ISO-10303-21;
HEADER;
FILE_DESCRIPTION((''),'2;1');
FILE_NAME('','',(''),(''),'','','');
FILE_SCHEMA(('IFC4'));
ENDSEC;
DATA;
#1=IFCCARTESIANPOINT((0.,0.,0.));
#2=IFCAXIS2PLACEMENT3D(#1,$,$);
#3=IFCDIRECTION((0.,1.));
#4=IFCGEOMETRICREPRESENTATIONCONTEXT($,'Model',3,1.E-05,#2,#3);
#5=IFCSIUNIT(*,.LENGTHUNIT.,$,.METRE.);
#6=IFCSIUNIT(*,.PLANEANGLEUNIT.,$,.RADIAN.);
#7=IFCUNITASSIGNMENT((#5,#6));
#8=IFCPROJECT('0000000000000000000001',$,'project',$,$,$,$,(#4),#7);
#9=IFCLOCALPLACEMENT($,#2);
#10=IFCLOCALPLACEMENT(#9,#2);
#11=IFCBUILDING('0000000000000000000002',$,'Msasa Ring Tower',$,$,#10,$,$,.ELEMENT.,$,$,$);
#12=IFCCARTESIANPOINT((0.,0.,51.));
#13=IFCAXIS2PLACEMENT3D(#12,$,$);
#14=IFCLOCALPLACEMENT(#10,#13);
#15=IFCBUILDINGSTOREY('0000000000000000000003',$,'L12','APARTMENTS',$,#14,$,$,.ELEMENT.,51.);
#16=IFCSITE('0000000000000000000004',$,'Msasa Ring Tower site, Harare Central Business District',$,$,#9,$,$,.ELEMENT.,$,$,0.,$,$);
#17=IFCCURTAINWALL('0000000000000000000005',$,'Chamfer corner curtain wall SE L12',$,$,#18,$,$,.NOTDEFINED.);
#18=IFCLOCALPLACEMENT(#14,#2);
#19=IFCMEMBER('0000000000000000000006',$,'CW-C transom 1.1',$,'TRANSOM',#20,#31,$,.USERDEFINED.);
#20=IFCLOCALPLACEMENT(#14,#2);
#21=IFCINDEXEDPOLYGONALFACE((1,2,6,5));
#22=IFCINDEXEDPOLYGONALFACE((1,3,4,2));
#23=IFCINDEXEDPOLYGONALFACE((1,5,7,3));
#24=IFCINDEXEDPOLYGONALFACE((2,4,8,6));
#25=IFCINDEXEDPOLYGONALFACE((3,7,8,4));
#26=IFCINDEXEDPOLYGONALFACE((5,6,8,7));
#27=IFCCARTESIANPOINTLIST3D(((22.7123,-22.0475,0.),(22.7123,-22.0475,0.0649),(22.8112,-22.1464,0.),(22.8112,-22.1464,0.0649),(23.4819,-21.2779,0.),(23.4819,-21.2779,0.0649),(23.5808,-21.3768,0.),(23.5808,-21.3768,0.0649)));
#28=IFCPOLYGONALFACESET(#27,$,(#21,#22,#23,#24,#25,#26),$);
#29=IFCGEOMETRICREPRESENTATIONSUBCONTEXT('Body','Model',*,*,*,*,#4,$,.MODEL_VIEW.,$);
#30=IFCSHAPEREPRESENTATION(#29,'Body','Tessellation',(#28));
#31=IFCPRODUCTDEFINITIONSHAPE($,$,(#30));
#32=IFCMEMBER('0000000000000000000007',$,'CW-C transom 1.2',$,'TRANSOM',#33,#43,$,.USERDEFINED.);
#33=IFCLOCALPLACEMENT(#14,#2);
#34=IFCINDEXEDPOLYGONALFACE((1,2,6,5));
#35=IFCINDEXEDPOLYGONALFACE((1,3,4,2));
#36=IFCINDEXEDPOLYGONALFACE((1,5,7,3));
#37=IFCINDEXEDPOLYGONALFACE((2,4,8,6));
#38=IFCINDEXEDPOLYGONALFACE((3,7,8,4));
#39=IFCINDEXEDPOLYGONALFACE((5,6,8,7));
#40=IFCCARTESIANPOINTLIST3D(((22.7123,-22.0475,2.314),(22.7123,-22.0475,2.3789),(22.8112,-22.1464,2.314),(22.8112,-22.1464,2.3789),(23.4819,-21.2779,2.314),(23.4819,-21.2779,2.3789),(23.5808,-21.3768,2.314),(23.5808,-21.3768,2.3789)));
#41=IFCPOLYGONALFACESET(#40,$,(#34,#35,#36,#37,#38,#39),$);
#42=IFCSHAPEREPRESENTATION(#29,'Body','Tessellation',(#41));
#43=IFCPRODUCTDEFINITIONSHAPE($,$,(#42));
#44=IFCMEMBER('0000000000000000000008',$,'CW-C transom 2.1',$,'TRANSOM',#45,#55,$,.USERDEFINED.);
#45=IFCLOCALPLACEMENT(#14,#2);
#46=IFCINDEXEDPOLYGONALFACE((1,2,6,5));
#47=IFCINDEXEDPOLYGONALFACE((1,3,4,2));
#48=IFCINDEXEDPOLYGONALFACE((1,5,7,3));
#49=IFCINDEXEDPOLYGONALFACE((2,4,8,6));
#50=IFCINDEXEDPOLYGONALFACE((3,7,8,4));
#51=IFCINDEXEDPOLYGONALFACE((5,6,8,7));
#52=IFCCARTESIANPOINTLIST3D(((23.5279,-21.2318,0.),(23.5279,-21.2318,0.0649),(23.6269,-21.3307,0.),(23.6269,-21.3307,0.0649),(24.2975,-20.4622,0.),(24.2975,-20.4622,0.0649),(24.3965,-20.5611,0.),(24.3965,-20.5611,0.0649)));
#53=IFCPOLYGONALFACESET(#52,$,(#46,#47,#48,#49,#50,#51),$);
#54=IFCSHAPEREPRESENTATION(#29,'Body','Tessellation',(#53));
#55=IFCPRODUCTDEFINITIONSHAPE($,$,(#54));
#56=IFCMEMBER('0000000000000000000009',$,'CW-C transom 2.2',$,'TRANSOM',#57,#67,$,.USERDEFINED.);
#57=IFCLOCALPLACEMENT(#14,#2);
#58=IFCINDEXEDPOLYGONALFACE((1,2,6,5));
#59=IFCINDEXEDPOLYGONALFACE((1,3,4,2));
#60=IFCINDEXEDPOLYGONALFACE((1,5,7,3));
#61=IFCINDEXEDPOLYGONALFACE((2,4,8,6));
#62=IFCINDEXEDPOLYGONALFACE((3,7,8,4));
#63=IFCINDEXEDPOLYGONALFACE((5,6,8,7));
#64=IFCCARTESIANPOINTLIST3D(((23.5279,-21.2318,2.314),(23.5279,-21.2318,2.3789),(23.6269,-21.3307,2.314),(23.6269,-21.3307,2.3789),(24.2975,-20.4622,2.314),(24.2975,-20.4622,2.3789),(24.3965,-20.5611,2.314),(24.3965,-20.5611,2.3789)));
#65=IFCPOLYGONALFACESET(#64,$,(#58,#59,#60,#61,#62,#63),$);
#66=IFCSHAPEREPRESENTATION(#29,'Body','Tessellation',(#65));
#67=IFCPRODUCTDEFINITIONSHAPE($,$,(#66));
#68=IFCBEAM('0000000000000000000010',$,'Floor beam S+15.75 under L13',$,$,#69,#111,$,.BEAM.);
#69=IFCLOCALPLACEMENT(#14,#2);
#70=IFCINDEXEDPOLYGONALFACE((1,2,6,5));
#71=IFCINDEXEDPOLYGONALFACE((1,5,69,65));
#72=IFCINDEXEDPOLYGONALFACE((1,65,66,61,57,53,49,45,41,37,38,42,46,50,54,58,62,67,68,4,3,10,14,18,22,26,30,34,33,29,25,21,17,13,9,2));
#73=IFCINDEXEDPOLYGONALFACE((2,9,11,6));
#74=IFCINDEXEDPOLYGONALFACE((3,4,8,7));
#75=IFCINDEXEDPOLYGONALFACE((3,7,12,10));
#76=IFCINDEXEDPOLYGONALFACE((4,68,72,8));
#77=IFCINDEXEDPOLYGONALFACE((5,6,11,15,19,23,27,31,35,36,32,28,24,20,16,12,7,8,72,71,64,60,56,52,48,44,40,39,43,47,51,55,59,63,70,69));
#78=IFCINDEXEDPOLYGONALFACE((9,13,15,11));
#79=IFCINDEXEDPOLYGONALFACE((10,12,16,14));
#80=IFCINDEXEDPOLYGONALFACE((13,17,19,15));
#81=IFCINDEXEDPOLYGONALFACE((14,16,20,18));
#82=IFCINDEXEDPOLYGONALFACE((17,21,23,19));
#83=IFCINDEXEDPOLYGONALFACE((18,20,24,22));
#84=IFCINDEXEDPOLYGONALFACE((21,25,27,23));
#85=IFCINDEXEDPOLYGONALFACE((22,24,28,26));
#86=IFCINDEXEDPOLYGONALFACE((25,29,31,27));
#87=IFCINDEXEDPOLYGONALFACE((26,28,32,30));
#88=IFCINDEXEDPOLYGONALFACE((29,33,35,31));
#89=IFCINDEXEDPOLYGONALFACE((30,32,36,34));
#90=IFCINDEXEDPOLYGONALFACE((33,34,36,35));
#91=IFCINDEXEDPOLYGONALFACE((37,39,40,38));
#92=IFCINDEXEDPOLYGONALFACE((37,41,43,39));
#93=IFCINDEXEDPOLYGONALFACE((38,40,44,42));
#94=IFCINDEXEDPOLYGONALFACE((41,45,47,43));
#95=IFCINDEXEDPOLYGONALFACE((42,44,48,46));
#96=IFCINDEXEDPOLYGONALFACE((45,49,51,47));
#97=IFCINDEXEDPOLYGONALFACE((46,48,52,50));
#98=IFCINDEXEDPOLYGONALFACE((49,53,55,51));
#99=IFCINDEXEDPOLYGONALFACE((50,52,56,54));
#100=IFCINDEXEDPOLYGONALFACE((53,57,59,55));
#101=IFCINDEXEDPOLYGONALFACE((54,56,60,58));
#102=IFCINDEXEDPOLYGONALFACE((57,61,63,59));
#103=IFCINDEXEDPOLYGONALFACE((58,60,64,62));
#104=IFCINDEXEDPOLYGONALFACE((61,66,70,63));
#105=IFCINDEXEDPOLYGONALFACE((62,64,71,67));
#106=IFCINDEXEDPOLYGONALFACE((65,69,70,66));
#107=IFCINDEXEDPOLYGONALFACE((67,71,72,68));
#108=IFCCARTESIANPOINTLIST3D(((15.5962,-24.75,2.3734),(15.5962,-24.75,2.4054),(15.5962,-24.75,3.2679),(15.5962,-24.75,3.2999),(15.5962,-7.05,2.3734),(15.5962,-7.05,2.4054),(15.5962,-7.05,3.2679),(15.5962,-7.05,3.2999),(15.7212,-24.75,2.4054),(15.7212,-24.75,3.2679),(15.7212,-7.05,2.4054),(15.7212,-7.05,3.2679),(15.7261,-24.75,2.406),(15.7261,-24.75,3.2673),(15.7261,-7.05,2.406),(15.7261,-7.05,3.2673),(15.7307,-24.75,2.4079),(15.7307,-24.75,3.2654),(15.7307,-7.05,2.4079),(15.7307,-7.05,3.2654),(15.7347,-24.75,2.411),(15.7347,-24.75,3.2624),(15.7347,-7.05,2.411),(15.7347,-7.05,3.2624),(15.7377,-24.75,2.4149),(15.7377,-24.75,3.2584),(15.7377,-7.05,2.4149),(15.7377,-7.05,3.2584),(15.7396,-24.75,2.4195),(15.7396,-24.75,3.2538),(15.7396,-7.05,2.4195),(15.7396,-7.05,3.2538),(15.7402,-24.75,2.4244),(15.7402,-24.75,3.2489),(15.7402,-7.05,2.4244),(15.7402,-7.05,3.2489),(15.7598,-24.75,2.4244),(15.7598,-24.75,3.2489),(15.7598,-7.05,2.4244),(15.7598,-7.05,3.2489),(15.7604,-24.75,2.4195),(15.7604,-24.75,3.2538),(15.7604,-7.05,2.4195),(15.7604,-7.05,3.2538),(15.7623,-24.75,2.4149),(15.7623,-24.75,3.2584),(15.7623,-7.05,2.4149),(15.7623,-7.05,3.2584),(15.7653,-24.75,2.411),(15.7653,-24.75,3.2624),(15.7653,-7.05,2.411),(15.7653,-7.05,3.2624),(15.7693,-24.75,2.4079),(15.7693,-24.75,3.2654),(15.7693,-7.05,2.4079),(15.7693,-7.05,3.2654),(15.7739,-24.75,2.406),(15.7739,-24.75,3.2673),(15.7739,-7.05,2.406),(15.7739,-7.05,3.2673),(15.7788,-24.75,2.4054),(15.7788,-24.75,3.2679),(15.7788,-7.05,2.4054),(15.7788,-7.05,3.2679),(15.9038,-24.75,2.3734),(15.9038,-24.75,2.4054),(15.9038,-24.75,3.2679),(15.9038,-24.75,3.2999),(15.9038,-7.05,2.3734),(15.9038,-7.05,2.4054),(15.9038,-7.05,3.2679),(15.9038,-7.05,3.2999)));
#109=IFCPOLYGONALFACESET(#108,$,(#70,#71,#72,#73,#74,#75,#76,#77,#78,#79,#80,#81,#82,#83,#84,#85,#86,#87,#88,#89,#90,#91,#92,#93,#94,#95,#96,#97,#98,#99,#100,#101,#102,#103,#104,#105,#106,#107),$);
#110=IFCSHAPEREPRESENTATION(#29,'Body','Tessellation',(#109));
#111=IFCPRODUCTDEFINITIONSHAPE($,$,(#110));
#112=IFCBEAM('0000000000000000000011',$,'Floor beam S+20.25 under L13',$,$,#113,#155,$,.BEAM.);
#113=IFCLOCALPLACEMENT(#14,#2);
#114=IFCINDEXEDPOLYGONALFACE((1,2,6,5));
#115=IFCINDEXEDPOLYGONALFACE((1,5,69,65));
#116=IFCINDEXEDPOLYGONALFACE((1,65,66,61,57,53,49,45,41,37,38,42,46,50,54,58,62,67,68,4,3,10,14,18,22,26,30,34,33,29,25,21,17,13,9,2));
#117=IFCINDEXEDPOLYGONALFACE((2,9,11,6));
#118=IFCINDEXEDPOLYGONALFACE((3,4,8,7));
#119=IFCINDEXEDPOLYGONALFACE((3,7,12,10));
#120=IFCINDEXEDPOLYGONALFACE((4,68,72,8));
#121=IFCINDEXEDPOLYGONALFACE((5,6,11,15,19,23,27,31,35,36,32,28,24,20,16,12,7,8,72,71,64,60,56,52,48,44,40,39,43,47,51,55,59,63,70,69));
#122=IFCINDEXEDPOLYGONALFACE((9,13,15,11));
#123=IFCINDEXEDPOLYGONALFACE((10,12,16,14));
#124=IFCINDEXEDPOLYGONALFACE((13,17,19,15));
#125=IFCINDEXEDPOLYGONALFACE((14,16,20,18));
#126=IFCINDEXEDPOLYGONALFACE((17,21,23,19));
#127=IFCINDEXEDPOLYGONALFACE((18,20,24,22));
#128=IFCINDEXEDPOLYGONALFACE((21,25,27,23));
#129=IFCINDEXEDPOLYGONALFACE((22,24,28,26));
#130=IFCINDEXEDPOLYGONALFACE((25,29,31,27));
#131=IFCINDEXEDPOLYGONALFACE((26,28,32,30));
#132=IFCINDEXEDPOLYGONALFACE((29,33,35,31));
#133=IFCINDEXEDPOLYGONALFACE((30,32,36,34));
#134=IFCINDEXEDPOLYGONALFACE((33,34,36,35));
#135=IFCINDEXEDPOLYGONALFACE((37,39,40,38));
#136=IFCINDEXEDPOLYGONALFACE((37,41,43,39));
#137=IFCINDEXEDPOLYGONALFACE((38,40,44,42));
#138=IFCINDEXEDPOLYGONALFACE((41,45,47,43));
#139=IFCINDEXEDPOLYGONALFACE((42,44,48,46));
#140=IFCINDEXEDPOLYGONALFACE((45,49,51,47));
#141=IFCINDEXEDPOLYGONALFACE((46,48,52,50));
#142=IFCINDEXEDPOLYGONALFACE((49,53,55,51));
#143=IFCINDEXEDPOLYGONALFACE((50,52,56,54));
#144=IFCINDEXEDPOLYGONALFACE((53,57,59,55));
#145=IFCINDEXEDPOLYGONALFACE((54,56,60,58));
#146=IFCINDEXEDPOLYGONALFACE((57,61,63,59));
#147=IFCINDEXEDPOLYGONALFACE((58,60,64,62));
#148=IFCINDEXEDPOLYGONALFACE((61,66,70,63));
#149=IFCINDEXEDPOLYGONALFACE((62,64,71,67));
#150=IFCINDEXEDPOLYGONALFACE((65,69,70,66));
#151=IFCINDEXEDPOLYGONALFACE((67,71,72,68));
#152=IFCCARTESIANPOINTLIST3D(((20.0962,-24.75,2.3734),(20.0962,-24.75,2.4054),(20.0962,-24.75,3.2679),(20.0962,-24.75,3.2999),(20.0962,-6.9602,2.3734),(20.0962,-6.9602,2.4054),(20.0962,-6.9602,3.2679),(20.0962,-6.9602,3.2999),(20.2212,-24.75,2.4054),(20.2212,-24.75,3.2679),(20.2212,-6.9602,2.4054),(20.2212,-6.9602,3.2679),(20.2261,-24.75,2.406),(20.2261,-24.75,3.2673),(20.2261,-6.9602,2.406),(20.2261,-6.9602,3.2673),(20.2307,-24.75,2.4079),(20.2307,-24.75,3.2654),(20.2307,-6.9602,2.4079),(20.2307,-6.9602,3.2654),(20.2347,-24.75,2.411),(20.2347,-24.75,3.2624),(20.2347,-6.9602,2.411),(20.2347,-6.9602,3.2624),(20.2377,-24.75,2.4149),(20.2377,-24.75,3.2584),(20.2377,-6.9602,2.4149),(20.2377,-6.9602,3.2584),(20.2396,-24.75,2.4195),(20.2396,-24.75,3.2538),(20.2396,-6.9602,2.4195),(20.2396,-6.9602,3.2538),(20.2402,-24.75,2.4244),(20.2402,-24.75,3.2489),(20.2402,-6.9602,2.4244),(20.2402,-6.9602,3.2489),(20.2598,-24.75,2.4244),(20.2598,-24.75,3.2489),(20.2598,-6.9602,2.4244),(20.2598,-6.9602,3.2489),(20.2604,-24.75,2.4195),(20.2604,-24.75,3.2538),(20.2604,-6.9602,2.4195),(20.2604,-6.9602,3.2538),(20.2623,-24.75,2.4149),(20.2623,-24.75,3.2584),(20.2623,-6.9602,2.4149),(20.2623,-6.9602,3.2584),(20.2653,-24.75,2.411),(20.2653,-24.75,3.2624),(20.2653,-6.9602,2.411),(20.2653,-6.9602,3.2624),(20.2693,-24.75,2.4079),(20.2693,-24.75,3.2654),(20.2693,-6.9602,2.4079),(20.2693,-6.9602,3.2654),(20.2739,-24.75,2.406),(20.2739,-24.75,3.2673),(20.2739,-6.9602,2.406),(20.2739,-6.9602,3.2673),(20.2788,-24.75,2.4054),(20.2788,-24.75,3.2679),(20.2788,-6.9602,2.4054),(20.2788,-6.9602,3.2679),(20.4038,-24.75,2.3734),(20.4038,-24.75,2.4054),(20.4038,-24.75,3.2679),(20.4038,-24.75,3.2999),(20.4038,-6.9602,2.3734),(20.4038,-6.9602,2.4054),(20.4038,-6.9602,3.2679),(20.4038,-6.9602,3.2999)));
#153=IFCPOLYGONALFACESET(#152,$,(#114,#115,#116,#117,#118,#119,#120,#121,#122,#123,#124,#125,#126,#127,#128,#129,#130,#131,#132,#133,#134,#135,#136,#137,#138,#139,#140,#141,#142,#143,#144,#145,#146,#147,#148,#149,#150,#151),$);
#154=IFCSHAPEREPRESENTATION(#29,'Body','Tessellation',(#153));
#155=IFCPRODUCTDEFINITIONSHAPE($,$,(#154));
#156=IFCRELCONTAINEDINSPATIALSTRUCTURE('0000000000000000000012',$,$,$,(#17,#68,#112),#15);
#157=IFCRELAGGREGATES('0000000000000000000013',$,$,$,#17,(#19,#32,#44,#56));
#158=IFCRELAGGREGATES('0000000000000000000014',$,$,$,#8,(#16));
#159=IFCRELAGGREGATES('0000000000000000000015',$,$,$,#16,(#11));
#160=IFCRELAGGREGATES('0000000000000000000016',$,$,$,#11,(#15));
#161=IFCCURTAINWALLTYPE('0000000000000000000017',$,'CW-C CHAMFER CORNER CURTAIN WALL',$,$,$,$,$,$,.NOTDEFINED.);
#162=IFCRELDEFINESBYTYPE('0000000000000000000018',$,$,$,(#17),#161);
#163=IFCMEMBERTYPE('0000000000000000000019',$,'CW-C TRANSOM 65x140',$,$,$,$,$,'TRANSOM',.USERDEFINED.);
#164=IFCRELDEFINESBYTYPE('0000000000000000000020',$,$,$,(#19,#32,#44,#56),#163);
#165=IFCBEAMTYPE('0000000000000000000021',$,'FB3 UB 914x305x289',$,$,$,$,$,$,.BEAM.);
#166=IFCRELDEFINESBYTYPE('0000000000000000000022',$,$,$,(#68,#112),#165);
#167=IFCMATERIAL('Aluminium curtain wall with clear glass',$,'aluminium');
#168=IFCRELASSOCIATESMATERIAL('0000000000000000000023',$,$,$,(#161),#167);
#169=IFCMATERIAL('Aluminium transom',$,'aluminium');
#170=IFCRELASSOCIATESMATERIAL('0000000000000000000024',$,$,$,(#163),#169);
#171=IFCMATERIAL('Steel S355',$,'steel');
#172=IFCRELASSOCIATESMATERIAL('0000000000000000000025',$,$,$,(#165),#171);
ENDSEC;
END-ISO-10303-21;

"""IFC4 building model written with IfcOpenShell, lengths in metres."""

from ifc_helpers import new_model, si_unit, direction, frame, origin, origin_2d, place, context, subcontext, project, spatial, rectangle, i_section, extrude, material, material_profile, profile_set, type_object, element, aggregate, save


model = new_model("IFC4")

# Units and contexts
model_context = context("Model", 3, precision=1e-05, world=origin(), true_north=direction((0.0, 1.0)))
body_context = subcontext(model_context, "Body", "Model", "MODEL_VIEW")
ifc_project = project(units=[si_unit("LENGTHUNIT", "METRE"), si_unit("PLANEANGLEUNIT", "RADIAN")], contexts=[model_context])

# Site, building, storey
site_placement = place(None, origin())
site = spatial("IfcSite", under=ifc_project, at=site_placement, Name="Msasa Ring Tower site, Harare Central Business District", CompositionType="ELEMENT", RefElevation=0.0)
building_placement = place(site_placement, origin())
building = spatial("IfcBuilding", under=site, at=building_placement, Name="Msasa Ring Tower", CompositionType="ELEMENT")
storey_placement = place(building_placement, frame((0.0, 0.0, 51.0)))
storey = spatial("IfcBuildingStorey", under=building, at=storey_placement, Name="L12", Description="APARTMENTS", CompositionType="ELEMENT", Elevation=51.0)

# Curtain wall
ifc_material_1 = material(Name="Aluminium curtain wall with clear glass", Category="aluminium")
curtain_wall_type = type_object("IfcCurtainWallType", Name="CW-C CHAMFER CORNER CURTAIN WALL", PredefinedType="NOTDEFINED", material=ifc_material_1)
curtain_wall_1_placement = place(storey_placement, origin())
curtain_wall_1 = element("IfcCurtainWall", 1, at=curtain_wall_1_placement, inside=storey, type_object=curtain_wall_type, Name="Chamfer corner curtain wall SE L12", PredefinedType="NOTDEFINED")

# Members
ifc_material_2 = material(Name="Aluminium transom", Category="aluminium")
ifc_material_profile_1 = material_profile(ifc_material_2, rectangle(XDim=0.1399, YDim=0.0649, at=origin_2d()), Name="AL 65x140")
ifc_profile_set_1 = profile_set([ifc_material_profile_1], Name="Aluminium transom")
member_type_1 = type_object("IfcMemberType", Name="CW-C TRANSOM 65x140", ElementType="TRANSOM", PredefinedType="USERDEFINED", material=ifc_profile_set_1)
member_1_placement = place(storey_placement, frame((22.7617, -22.0969, 0.0325), z_axis=(0.707107, 0.707107, 0.0), x_axis=(-0.707107, 0.707107, 0.0)))
member_1 = element("IfcMember", 2, at=member_1_placement, type_object=member_type_1, Name="CW-C transom 1.1", ObjectType="TRANSOM", PredefinedType="USERDEFINED", context=body_context, shape_type="SweptSolid", body=[
    extrude(rectangle(XDim=0.1399, YDim=0.0649, at=origin_2d()), origin(), (0.0, 0.0, 1.0), 1.0884),
])
member_2_placement = place(storey_placement, frame((22.7617, -22.0969, 2.3464), z_axis=(0.707107, 0.707107, 0.0), x_axis=(-0.707107, 0.707107, 0.0)))
member_2 = element("IfcMember", 3, at=member_2_placement, type_object=member_type_1, Name="CW-C transom 1.2", ObjectType="TRANSOM", PredefinedType="USERDEFINED", context=body_context, shape_type="SweptSolid", body=[
    extrude(rectangle(XDim=0.1399, YDim=0.0649, at=origin_2d()), origin(), (0.0, 0.0, 1.0), 1.0884),
])
member_3_placement = place(storey_placement, frame((23.5774, -21.2812, 0.0325), z_axis=(0.707107, 0.707107, 0.0), x_axis=(-0.707107, 0.707107, 0.0)))
member_3 = element("IfcMember", 4, at=member_3_placement, type_object=member_type_1, Name="CW-C transom 2.1", ObjectType="TRANSOM", PredefinedType="USERDEFINED", context=body_context, shape_type="SweptSolid", body=[
    extrude(rectangle(XDim=0.1399, YDim=0.0649, at=origin_2d()), origin(), (0.0, 0.0, 1.0), 1.0884),
])
member_4_placement = place(storey_placement, frame((23.5774, -21.2812, 2.3464), z_axis=(0.707107, 0.707107, 0.0), x_axis=(-0.707107, 0.707107, 0.0)))
member_4 = element("IfcMember", 5, at=member_4_placement, type_object=member_type_1, Name="CW-C transom 2.2", ObjectType="TRANSOM", PredefinedType="USERDEFINED", context=body_context, shape_type="SweptSolid", body=[
    extrude(rectangle(XDim=0.1399, YDim=0.0649, at=origin_2d()), origin(), (0.0, 0.0, 1.0), 1.0884),
])

# Beams
ifc_material_3 = material(Name="Steel S355", Category="steel")
ifc_material_profile_2 = material_profile(ifc_material_3, i_section(OverallWidth=0.3076, OverallDepth=0.9265, WebThickness=0.0195, FlangeThickness=0.032, FilletRadius=0.019, at=origin_2d()), Name="UB 914x305x289")
ifc_profile_set_2 = profile_set([ifc_material_profile_2], Name="Steel S355")
beam_type_1 = type_object("IfcBeamType", Name="FB3 UB 914x305x289", PredefinedType="BEAM", material=ifc_profile_set_2)
beam_1_placement = place(storey_placement, frame((15.75, -24.75, 2.8367), z_axis=(0.0, 1.0, 0.0), x_axis=(-1.0, 0.0, 0.0)))
element("IfcBeam", 6, at=beam_1_placement, inside=storey, type_object=beam_type_1, Name="Floor beam S+15.75 under L13", PredefinedType="BEAM", context=body_context, shape_type="SweptSolid", body=[
    extrude(i_section(OverallWidth=0.3076, OverallDepth=0.9265, WebThickness=0.0195, FlangeThickness=0.032, FilletRadius=0.019, at=origin_2d()), origin(), (0.0, 0.0, 1.0), 17.7),
])
beam_2_placement = place(storey_placement, frame((20.25, -24.75, 2.8367), z_axis=(0.0, 1.0, 0.0), x_axis=(-1.0, 0.0, 0.0)))
element("IfcBeam", 7, at=beam_2_placement, inside=storey, type_object=beam_type_1, Name="Floor beam S+20.25 under L13", PredefinedType="BEAM", context=body_context, shape_type="SweptSolid", body=[
    extrude(i_section(OverallWidth=0.3076, OverallDepth=0.9265, WebThickness=0.0195, FlangeThickness=0.032, FilletRadius=0.019, at=origin_2d()), origin(), (0.0, 0.0, 1.0), 17.7898),
])

aggregate(curtain_wall_1, [member_1, member_2, member_3, member_4])

save(model, "model.ifc")
